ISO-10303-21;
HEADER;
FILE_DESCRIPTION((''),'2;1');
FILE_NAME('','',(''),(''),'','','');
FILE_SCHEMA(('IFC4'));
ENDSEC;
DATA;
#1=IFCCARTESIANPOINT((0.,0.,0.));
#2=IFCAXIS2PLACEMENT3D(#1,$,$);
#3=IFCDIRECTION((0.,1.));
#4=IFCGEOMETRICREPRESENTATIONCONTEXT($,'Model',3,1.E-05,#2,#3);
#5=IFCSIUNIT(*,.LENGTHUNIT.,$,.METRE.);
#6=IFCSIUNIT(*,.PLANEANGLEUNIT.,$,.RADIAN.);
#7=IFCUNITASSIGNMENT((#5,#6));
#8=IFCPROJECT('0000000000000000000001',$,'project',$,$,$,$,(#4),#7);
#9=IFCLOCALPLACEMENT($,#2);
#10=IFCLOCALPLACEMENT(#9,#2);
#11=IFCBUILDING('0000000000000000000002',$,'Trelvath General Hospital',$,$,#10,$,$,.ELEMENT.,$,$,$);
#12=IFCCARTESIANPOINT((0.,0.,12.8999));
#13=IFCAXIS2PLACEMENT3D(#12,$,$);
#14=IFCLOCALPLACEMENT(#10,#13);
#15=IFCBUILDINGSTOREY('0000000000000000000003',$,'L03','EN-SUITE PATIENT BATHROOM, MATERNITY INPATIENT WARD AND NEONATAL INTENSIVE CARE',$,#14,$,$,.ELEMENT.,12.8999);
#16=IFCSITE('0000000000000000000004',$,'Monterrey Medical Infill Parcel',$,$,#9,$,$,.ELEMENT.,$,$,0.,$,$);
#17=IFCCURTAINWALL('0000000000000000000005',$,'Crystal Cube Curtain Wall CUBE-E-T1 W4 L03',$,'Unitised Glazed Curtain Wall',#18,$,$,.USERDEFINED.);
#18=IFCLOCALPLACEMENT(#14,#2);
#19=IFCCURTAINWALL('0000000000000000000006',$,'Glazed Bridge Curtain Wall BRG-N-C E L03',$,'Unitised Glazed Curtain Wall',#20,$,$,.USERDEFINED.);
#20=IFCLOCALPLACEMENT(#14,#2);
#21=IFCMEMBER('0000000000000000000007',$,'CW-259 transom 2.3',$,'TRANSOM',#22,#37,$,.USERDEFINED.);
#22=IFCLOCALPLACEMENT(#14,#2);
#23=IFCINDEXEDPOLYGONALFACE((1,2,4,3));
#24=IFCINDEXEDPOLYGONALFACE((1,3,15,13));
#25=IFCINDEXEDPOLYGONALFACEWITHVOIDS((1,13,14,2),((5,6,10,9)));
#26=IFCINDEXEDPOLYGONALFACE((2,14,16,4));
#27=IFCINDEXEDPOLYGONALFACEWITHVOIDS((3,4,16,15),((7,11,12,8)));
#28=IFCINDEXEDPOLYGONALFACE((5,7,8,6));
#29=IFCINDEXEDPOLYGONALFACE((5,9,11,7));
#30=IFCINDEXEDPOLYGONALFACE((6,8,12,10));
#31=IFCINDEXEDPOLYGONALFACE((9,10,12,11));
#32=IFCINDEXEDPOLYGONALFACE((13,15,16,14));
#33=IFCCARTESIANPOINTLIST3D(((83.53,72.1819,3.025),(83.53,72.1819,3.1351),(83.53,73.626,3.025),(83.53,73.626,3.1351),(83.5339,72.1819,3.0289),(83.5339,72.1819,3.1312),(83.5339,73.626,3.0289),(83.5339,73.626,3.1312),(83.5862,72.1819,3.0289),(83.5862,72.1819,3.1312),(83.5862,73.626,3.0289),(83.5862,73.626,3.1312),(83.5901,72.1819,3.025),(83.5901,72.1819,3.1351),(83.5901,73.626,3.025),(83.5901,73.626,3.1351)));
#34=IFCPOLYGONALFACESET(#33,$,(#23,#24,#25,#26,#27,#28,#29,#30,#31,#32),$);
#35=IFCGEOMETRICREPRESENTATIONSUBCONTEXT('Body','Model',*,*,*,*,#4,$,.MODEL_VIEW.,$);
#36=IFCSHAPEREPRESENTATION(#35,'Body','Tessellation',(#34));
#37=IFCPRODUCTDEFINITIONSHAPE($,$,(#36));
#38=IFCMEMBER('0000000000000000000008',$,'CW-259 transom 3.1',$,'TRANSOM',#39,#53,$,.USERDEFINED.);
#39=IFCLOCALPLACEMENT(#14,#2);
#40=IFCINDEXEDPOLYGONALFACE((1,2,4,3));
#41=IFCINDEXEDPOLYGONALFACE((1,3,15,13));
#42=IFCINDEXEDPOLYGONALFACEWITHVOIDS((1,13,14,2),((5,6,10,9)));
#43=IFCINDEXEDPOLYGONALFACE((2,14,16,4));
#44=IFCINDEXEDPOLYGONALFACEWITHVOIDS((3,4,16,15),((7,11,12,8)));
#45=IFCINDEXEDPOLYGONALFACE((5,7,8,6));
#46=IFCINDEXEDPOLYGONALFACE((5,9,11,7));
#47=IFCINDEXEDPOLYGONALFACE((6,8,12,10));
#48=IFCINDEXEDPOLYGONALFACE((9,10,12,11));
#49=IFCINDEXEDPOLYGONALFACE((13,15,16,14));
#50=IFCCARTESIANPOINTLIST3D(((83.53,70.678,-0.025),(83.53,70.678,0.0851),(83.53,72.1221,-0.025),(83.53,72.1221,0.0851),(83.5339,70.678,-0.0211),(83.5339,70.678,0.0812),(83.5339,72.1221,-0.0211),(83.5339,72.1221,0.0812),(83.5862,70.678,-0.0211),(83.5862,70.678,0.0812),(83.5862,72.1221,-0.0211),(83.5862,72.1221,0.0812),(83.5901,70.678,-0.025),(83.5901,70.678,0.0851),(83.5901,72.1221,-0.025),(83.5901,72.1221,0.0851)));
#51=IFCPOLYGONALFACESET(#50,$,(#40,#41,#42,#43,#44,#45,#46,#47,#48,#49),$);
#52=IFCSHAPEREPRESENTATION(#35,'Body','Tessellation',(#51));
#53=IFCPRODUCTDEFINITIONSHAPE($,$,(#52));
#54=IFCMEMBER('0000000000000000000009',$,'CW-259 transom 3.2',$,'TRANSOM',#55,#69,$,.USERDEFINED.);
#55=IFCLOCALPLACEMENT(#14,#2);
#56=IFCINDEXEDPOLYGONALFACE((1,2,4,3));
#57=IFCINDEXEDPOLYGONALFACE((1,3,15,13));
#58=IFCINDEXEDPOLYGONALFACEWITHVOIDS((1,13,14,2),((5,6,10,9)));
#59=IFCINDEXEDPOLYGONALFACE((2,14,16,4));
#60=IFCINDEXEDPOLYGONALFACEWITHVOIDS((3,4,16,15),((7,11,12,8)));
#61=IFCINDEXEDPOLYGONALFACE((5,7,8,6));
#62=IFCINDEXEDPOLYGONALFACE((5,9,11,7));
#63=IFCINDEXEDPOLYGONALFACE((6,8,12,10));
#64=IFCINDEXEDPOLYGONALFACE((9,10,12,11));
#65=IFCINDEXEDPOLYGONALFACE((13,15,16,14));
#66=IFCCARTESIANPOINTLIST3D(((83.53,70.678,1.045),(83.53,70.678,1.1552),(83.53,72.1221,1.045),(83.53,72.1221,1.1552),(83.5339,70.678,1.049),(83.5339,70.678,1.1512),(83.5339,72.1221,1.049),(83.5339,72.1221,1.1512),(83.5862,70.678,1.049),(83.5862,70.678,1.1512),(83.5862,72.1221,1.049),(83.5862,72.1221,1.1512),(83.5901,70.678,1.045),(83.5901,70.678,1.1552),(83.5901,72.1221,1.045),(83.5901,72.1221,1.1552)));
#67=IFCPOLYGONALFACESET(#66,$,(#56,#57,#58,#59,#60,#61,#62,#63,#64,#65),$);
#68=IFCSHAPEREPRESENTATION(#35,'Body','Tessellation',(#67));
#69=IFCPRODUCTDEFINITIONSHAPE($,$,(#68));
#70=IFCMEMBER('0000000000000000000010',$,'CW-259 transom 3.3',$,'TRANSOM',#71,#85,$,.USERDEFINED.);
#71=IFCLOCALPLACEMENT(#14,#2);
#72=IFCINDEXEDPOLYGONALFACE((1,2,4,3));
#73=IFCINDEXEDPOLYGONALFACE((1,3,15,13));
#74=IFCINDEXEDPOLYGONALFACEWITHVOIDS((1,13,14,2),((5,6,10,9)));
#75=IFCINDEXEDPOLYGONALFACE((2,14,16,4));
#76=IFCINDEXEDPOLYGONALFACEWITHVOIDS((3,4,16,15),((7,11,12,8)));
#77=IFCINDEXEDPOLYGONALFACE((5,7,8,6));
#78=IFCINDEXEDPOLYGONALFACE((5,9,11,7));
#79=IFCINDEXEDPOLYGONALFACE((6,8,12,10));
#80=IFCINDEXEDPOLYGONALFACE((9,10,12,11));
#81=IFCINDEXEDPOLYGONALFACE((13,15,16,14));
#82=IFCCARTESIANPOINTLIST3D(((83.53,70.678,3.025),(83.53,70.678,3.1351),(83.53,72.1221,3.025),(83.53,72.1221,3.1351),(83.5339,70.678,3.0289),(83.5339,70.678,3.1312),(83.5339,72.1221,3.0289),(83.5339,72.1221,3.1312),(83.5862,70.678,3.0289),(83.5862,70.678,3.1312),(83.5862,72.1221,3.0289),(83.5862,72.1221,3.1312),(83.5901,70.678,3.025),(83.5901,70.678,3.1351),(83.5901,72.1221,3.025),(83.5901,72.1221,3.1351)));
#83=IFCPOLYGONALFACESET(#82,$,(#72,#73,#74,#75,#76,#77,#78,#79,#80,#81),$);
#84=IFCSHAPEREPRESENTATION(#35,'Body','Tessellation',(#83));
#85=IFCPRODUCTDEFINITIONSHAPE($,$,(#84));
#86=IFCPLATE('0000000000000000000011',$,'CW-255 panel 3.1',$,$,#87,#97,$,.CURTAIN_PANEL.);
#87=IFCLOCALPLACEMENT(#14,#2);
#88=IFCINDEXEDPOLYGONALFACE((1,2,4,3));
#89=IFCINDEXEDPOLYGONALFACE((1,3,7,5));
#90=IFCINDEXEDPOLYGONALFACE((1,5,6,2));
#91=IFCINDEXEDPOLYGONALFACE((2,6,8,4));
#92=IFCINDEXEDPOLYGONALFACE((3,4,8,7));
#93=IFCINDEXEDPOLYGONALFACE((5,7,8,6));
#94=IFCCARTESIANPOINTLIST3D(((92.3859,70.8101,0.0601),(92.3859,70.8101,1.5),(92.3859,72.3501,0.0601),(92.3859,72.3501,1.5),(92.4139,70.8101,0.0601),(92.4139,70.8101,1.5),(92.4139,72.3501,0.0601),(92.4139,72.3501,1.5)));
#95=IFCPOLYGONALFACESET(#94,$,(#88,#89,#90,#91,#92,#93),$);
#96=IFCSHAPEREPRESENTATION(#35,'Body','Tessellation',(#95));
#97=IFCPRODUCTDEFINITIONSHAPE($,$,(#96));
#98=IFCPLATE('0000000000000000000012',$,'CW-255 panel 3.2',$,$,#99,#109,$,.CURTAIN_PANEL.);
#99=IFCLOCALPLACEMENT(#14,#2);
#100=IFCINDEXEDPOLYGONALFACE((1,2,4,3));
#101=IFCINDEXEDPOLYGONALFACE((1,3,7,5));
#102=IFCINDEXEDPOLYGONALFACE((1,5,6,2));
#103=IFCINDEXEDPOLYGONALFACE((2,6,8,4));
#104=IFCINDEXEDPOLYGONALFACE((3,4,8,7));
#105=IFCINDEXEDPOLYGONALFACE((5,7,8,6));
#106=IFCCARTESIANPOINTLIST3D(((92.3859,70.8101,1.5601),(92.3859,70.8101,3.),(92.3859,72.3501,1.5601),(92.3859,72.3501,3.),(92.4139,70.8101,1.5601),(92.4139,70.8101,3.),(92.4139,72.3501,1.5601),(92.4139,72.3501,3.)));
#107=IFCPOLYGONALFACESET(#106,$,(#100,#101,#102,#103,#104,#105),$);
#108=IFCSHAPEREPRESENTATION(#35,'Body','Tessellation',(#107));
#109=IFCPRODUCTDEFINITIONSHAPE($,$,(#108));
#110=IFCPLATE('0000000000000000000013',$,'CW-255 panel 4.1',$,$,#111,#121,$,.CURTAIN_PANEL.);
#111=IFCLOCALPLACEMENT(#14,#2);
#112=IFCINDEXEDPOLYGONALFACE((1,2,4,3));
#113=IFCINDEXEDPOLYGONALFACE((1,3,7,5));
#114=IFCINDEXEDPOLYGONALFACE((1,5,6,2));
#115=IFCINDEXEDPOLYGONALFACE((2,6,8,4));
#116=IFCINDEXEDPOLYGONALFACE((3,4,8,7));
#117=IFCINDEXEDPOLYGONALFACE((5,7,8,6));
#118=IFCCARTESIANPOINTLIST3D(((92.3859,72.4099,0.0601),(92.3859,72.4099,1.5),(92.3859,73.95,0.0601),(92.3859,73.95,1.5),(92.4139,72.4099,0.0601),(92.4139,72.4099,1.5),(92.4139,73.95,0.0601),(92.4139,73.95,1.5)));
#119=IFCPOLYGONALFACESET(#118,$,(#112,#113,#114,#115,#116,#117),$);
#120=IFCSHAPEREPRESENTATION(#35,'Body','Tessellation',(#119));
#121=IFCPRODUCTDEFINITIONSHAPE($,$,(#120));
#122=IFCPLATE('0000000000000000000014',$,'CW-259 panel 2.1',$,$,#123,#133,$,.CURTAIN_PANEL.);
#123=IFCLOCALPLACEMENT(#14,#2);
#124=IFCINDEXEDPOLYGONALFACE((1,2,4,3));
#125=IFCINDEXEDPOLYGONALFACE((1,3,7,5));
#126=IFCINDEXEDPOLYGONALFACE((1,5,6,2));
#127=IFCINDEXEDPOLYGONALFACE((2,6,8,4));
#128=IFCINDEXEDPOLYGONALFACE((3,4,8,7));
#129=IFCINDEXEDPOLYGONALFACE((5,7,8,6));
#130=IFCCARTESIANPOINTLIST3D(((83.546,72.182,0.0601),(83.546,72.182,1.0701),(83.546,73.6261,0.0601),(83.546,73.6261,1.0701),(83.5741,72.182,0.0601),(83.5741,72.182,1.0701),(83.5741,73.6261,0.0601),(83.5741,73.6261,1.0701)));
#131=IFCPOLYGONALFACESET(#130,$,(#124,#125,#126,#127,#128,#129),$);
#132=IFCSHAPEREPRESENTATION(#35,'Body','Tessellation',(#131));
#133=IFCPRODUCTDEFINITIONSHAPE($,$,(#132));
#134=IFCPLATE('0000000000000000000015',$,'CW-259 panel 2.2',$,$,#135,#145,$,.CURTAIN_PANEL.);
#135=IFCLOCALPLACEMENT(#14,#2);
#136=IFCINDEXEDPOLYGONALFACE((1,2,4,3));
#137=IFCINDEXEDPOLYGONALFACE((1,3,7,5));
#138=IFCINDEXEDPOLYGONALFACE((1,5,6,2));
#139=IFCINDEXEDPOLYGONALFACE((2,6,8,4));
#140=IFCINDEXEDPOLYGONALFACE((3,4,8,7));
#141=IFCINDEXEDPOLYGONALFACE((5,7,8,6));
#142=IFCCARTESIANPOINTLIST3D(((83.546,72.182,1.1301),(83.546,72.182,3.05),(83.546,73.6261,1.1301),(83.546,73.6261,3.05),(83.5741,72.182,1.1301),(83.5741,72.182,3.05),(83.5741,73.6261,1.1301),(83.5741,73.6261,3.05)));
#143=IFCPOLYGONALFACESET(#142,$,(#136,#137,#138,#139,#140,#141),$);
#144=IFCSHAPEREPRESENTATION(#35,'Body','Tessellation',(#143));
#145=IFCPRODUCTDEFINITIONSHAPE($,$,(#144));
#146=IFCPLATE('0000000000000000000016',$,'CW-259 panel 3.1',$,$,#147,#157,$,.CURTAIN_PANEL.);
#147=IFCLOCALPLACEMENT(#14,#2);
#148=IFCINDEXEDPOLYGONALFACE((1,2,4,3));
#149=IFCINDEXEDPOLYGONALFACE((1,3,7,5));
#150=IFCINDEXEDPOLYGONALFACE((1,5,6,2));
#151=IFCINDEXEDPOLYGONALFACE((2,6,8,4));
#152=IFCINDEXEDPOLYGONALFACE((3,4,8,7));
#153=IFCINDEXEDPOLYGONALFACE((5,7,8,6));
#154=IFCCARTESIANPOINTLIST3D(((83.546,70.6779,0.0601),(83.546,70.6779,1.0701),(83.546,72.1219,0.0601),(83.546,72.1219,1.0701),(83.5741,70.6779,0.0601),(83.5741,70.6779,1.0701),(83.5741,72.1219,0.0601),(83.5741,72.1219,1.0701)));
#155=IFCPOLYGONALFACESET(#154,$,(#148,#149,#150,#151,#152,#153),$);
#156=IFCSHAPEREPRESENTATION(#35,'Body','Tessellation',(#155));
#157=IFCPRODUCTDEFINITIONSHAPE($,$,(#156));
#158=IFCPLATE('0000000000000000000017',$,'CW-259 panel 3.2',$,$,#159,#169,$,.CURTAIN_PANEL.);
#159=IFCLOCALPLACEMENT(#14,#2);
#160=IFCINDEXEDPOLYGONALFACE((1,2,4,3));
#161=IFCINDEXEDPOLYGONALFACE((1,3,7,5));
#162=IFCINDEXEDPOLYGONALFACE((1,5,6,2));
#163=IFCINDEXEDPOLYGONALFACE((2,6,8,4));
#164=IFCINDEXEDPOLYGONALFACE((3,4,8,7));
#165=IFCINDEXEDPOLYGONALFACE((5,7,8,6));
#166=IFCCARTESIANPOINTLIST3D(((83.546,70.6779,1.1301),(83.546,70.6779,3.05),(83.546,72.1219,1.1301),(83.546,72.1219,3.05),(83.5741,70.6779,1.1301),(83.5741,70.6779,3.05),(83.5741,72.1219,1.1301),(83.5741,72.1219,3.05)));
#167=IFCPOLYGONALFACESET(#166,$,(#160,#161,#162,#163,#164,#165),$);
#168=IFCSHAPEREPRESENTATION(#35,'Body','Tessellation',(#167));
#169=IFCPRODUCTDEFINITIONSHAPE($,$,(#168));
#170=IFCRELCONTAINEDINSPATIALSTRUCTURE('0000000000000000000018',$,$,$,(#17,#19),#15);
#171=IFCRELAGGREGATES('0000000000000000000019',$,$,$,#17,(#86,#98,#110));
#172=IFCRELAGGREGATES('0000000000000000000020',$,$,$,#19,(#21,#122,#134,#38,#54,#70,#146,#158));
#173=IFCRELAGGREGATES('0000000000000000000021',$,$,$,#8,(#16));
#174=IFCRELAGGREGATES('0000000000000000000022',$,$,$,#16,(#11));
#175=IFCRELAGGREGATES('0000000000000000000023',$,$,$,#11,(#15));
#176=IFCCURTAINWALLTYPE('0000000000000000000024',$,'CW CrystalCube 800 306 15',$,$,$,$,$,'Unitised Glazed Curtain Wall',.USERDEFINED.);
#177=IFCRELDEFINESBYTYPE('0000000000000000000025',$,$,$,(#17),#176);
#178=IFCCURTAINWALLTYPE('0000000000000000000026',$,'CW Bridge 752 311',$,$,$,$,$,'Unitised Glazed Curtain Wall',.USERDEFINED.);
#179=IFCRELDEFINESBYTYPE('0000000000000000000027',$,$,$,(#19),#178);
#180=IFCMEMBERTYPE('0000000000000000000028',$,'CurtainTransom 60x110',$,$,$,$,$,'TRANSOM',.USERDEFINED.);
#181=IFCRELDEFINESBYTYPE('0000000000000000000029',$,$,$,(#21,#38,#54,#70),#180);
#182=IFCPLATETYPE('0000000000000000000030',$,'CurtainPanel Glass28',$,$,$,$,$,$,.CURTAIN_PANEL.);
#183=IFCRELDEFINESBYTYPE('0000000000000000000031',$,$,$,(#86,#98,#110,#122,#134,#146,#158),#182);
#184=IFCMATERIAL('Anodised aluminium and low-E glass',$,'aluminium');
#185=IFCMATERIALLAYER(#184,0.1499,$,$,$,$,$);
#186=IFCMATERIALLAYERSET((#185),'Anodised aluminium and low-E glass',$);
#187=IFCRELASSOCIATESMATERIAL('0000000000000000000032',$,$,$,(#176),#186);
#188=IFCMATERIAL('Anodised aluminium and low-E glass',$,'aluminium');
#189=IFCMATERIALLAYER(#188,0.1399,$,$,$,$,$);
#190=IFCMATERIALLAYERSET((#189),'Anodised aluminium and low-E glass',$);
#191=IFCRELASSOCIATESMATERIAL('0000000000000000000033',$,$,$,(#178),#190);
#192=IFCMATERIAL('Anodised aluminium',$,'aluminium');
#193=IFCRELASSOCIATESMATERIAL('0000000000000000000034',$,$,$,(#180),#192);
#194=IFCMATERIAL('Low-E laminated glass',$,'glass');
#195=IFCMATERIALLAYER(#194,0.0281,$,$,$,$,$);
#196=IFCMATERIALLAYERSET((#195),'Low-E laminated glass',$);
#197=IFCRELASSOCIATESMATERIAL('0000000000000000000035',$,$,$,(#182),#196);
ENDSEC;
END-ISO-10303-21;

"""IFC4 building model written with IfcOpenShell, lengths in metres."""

from ifc_helpers import new_model, si_unit, direction, frame, origin, origin_2d, place, context, subcontext, project, spatial, rectangle, hollow_rectangle, extrude, material, layer, layer_set, material_profile, profile_set, type_object, element, aggregate, save


model = new_model("IFC4")

# Units and contexts
model_context = context("Model", 3, precision=1e-05, world=origin(), true_north=direction((0.0, 1.0)))
body_context = subcontext(model_context, "Body", "Model", "MODEL_VIEW")
ifc_project = project(units=[si_unit("LENGTHUNIT", "METRE"), si_unit("PLANEANGLEUNIT", "RADIAN")], contexts=[model_context])

# Site, building, storey
site_placement = place(None, origin())
site = spatial("IfcSite", under=ifc_project, at=site_placement, Name="Monterrey Medical Infill Parcel", CompositionType="ELEMENT", RefElevation=0.0)
building_placement = place(site_placement, origin())
building = spatial("IfcBuilding", under=site, at=building_placement, Name="Trelvath General Hospital", CompositionType="ELEMENT")
storey_placement = place(building_placement, frame((0.0, 0.0, 12.8999)))
storey = spatial("IfcBuildingStorey", under=building, at=storey_placement, Name="L03", Description="EN-SUITE PATIENT BATHROOM, MATERNITY INPATIENT WARD AND NEONATAL INTENSIVE CARE", CompositionType="ELEMENT", Elevation=12.8999)

# Curtain wall
ifc_material_1 = material(Name="Anodised aluminium and low-E glass", Category="aluminium")
ifc_layer_1 = layer(ifc_material_1, 0.1499)
ifc_layer_set_1 = layer_set([ifc_layer_1], Name="Anodised aluminium and low-E glass")
curtain_wall_type_1 = type_object("IfcCurtainWallType", Name="CW CrystalCube 800 306 15", ElementType="Unitised Glazed Curtain Wall", PredefinedType="USERDEFINED", material=ifc_layer_set_1)
curtain_wall_1_placement = place(storey_placement, origin())
curtain_wall_1 = element("IfcCurtainWall", 1, at=curtain_wall_1_placement, inside=storey, type_object=curtain_wall_type_1, Name="Crystal Cube Curtain Wall CUBE-E-T1 W4 L03", ObjectType="Unitised Glazed Curtain Wall", PredefinedType="USERDEFINED")

# Curtain wall
ifc_material_2 = material(Name="Anodised aluminium and low-E glass", Category="aluminium")
ifc_layer_2 = layer(ifc_material_2, 0.1399)
ifc_layer_set_2 = layer_set([ifc_layer_2], Name="Anodised aluminium and low-E glass")
curtain_wall_type_2 = type_object("IfcCurtainWallType", Name="CW Bridge 752 311", ElementType="Unitised Glazed Curtain Wall", PredefinedType="USERDEFINED", material=ifc_layer_set_2)
curtain_wall_2_placement = place(storey_placement, origin())
curtain_wall_2 = element("IfcCurtainWall", 2, at=curtain_wall_2_placement, inside=storey, type_object=curtain_wall_type_2, Name="Glazed Bridge Curtain Wall BRG-N-C E L03", ObjectType="Unitised Glazed Curtain Wall", PredefinedType="USERDEFINED")

# Members
ifc_material_3 = material(Name="Anodised aluminium", Category="aluminium")
ifc_material_profile_1 = material_profile(ifc_material_3, hollow_rectangle(XDim=0.0601, YDim=0.1101, WallThickness=0.0039, at=origin_2d()), Name="RHS60x110x4")
ifc_profile_set_1 = profile_set([ifc_material_profile_1], Name="Anodised aluminium")
member_type_1 = type_object("IfcMemberType", Name="CurtainTransom 60x110", ElementType="TRANSOM", PredefinedType="USERDEFINED", material=ifc_profile_set_1)
member_1_placement = place(storey_placement, frame((83.5601, 73.626, 3.0801), z_axis=(0.0, -1.0, 0.0), x_axis=(1.0, 0.0, 0.0)))
member_1 = element("IfcMember", 3, at=member_1_placement, type_object=member_type_1, Name="CW-259 transom 2.3", ObjectType="TRANSOM", PredefinedType="USERDEFINED", context=body_context, shape_type="SweptSolid", body=[
    extrude(hollow_rectangle(XDim=0.0601, YDim=0.1101, WallThickness=0.0039, at=origin_2d()), origin(), (0.0, 0.0, 1.0), 1.4441),
])
member_2_placement = place(storey_placement, frame((83.5601, 72.1221, 0.03), z_axis=(0.0, -1.0, 0.0), x_axis=(1.0, 0.0, 0.0)))
member_2 = element("IfcMember", 4, at=member_2_placement, type_object=member_type_1, Name="CW-259 transom 3.1", ObjectType="TRANSOM", PredefinedType="USERDEFINED", context=body_context, shape_type="SweptSolid", body=[
    extrude(hollow_rectangle(XDim=0.0601, YDim=0.1101, WallThickness=0.0039, at=origin_2d()), origin(), (0.0, 0.0, 1.0), 1.4441),
])
member_3_placement = place(storey_placement, frame((83.5601, 72.1221, 1.1001), z_axis=(0.0, -1.0, 0.0), x_axis=(1.0, 0.0, 0.0)))
member_3 = element("IfcMember", 5, at=member_3_placement, type_object=member_type_1, Name="CW-259 transom 3.2", ObjectType="TRANSOM", PredefinedType="USERDEFINED", context=body_context, shape_type="SweptSolid", body=[
    extrude(hollow_rectangle(XDim=0.0601, YDim=0.1101, WallThickness=0.0039, at=origin_2d()), origin(), (0.0, 0.0, 1.0), 1.4441),
])
member_4_placement = place(storey_placement, frame((83.5601, 72.1221, 3.0801), z_axis=(0.0, -1.0, 0.0), x_axis=(1.0, 0.0, 0.0)))
member_4 = element("IfcMember", 6, at=member_4_placement, type_object=member_type_1, Name="CW-259 transom 3.3", ObjectType="TRANSOM", PredefinedType="USERDEFINED", context=body_context, shape_type="SweptSolid", body=[
    extrude(hollow_rectangle(XDim=0.0601, YDim=0.1101, WallThickness=0.0039, at=origin_2d()), origin(), (0.0, 0.0, 1.0), 1.4441),
])

# Plates
ifc_material_4 = material(Name="Low-E laminated glass", Category="glass")
ifc_layer_3 = layer(ifc_material_4, 0.0281)
ifc_layer_set_3 = layer_set([ifc_layer_3], Name="Low-E laminated glass")
plate_type = type_object("IfcPlateType", Name="CurtainPanel Glass28", PredefinedType="CURTAIN_PANEL", material=ifc_layer_set_3)
plate_1_placement = place(storey_placement, frame((92.3999, 71.5801, 0.0601), z_axis=(0.0, 0.0, 1.0), x_axis=(0.0, 1.0, 0.0)))
plate_1 = element("IfcPlate", 7, at=plate_1_placement, type_object=plate_type, Name="CW-255 panel 3.1", PredefinedType="CURTAIN_PANEL", context=body_context, shape_type="SweptSolid", body=[
    extrude(rectangle(XDim=1.54, YDim=0.0281, at=origin_2d()), origin(), (0.0, 0.0, 1.0), 1.4399),
])
plate_2_placement = place(storey_placement, frame((92.3999, 71.5801, 1.5601), z_axis=(0.0, 0.0, 1.0), x_axis=(0.0, 1.0, 0.0)))
plate_2 = element("IfcPlate", 8, at=plate_2_placement, type_object=plate_type, Name="CW-255 panel 3.2", PredefinedType="CURTAIN_PANEL", context=body_context, shape_type="SweptSolid", body=[
    extrude(rectangle(XDim=1.54, YDim=0.0281, at=origin_2d()), origin(), (0.0, 0.0, 1.0), 1.4399),
])
plate_3_placement = place(storey_placement, frame((92.3999, 73.1799, 0.0601), z_axis=(0.0, 0.0, 1.0), x_axis=(0.0, 1.0, 0.0)))
plate_3 = element("IfcPlate", 9, at=plate_3_placement, type_object=plate_type, Name="CW-255 panel 4.1", PredefinedType="CURTAIN_PANEL", context=body_context, shape_type="SweptSolid", body=[
    extrude(rectangle(XDim=1.54, YDim=0.0281, at=origin_2d()), origin(), (0.0, 0.0, 1.0), 1.4399),
])
aggregate(curtain_wall_1, [plate_1, plate_2, plate_3])
plate_4_placement = place(storey_placement, frame((83.5601, 72.9041, 0.0601), z_axis=(0.0, 0.0, 1.0), x_axis=(0.0, -1.0, 0.0)))
plate_4 = element("IfcPlate", 10, at=plate_4_placement, type_object=plate_type, Name="CW-259 panel 2.1", PredefinedType="CURTAIN_PANEL", context=body_context, shape_type="SweptSolid", body=[
    extrude(rectangle(XDim=1.4441, YDim=0.0281, at=origin_2d()), origin(), (0.0, 0.0, 1.0), 1.01),
])
plate_5_placement = place(storey_placement, frame((83.5601, 72.9041, 1.1301), z_axis=(0.0, 0.0, 1.0), x_axis=(0.0, -1.0, 0.0)))
plate_5 = element("IfcPlate", 11, at=plate_5_placement, type_object=plate_type, Name="CW-259 panel 2.2", PredefinedType="CURTAIN_PANEL", context=body_context, shape_type="SweptSolid", body=[
    extrude(rectangle(XDim=1.4441, YDim=0.0281, at=origin_2d()), origin(), (0.0, 0.0, 1.0), 1.9199),
])
plate_6_placement = place(storey_placement, frame((83.5601, 71.3999, 0.0601), z_axis=(0.0, 0.0, 1.0), x_axis=(0.0, -1.0, 0.0)))
plate_6 = element("IfcPlate", 12, at=plate_6_placement, type_object=plate_type, Name="CW-259 panel 3.1", PredefinedType="CURTAIN_PANEL", context=body_context, shape_type="SweptSolid", body=[
    extrude(rectangle(XDim=1.4441, YDim=0.0281, at=origin_2d()), origin(), (0.0, 0.0, 1.0), 1.01),
])
plate_7_placement = place(storey_placement, frame((83.5601, 71.3999, 1.1301), z_axis=(0.0, 0.0, 1.0), x_axis=(0.0, -1.0, 0.0)))
plate_7 = element("IfcPlate", 13, at=plate_7_placement, type_object=plate_type, Name="CW-259 panel 3.2", PredefinedType="CURTAIN_PANEL", context=body_context, shape_type="SweptSolid", body=[
    extrude(rectangle(XDim=1.4441, YDim=0.0281, at=origin_2d()), origin(), (0.0, 0.0, 1.0), 1.9199),
])
aggregate(curtain_wall_2, [member_1, plate_4, plate_5, member_2, member_3, member_4, plate_6, plate_7])

save(model, "model.ifc")
